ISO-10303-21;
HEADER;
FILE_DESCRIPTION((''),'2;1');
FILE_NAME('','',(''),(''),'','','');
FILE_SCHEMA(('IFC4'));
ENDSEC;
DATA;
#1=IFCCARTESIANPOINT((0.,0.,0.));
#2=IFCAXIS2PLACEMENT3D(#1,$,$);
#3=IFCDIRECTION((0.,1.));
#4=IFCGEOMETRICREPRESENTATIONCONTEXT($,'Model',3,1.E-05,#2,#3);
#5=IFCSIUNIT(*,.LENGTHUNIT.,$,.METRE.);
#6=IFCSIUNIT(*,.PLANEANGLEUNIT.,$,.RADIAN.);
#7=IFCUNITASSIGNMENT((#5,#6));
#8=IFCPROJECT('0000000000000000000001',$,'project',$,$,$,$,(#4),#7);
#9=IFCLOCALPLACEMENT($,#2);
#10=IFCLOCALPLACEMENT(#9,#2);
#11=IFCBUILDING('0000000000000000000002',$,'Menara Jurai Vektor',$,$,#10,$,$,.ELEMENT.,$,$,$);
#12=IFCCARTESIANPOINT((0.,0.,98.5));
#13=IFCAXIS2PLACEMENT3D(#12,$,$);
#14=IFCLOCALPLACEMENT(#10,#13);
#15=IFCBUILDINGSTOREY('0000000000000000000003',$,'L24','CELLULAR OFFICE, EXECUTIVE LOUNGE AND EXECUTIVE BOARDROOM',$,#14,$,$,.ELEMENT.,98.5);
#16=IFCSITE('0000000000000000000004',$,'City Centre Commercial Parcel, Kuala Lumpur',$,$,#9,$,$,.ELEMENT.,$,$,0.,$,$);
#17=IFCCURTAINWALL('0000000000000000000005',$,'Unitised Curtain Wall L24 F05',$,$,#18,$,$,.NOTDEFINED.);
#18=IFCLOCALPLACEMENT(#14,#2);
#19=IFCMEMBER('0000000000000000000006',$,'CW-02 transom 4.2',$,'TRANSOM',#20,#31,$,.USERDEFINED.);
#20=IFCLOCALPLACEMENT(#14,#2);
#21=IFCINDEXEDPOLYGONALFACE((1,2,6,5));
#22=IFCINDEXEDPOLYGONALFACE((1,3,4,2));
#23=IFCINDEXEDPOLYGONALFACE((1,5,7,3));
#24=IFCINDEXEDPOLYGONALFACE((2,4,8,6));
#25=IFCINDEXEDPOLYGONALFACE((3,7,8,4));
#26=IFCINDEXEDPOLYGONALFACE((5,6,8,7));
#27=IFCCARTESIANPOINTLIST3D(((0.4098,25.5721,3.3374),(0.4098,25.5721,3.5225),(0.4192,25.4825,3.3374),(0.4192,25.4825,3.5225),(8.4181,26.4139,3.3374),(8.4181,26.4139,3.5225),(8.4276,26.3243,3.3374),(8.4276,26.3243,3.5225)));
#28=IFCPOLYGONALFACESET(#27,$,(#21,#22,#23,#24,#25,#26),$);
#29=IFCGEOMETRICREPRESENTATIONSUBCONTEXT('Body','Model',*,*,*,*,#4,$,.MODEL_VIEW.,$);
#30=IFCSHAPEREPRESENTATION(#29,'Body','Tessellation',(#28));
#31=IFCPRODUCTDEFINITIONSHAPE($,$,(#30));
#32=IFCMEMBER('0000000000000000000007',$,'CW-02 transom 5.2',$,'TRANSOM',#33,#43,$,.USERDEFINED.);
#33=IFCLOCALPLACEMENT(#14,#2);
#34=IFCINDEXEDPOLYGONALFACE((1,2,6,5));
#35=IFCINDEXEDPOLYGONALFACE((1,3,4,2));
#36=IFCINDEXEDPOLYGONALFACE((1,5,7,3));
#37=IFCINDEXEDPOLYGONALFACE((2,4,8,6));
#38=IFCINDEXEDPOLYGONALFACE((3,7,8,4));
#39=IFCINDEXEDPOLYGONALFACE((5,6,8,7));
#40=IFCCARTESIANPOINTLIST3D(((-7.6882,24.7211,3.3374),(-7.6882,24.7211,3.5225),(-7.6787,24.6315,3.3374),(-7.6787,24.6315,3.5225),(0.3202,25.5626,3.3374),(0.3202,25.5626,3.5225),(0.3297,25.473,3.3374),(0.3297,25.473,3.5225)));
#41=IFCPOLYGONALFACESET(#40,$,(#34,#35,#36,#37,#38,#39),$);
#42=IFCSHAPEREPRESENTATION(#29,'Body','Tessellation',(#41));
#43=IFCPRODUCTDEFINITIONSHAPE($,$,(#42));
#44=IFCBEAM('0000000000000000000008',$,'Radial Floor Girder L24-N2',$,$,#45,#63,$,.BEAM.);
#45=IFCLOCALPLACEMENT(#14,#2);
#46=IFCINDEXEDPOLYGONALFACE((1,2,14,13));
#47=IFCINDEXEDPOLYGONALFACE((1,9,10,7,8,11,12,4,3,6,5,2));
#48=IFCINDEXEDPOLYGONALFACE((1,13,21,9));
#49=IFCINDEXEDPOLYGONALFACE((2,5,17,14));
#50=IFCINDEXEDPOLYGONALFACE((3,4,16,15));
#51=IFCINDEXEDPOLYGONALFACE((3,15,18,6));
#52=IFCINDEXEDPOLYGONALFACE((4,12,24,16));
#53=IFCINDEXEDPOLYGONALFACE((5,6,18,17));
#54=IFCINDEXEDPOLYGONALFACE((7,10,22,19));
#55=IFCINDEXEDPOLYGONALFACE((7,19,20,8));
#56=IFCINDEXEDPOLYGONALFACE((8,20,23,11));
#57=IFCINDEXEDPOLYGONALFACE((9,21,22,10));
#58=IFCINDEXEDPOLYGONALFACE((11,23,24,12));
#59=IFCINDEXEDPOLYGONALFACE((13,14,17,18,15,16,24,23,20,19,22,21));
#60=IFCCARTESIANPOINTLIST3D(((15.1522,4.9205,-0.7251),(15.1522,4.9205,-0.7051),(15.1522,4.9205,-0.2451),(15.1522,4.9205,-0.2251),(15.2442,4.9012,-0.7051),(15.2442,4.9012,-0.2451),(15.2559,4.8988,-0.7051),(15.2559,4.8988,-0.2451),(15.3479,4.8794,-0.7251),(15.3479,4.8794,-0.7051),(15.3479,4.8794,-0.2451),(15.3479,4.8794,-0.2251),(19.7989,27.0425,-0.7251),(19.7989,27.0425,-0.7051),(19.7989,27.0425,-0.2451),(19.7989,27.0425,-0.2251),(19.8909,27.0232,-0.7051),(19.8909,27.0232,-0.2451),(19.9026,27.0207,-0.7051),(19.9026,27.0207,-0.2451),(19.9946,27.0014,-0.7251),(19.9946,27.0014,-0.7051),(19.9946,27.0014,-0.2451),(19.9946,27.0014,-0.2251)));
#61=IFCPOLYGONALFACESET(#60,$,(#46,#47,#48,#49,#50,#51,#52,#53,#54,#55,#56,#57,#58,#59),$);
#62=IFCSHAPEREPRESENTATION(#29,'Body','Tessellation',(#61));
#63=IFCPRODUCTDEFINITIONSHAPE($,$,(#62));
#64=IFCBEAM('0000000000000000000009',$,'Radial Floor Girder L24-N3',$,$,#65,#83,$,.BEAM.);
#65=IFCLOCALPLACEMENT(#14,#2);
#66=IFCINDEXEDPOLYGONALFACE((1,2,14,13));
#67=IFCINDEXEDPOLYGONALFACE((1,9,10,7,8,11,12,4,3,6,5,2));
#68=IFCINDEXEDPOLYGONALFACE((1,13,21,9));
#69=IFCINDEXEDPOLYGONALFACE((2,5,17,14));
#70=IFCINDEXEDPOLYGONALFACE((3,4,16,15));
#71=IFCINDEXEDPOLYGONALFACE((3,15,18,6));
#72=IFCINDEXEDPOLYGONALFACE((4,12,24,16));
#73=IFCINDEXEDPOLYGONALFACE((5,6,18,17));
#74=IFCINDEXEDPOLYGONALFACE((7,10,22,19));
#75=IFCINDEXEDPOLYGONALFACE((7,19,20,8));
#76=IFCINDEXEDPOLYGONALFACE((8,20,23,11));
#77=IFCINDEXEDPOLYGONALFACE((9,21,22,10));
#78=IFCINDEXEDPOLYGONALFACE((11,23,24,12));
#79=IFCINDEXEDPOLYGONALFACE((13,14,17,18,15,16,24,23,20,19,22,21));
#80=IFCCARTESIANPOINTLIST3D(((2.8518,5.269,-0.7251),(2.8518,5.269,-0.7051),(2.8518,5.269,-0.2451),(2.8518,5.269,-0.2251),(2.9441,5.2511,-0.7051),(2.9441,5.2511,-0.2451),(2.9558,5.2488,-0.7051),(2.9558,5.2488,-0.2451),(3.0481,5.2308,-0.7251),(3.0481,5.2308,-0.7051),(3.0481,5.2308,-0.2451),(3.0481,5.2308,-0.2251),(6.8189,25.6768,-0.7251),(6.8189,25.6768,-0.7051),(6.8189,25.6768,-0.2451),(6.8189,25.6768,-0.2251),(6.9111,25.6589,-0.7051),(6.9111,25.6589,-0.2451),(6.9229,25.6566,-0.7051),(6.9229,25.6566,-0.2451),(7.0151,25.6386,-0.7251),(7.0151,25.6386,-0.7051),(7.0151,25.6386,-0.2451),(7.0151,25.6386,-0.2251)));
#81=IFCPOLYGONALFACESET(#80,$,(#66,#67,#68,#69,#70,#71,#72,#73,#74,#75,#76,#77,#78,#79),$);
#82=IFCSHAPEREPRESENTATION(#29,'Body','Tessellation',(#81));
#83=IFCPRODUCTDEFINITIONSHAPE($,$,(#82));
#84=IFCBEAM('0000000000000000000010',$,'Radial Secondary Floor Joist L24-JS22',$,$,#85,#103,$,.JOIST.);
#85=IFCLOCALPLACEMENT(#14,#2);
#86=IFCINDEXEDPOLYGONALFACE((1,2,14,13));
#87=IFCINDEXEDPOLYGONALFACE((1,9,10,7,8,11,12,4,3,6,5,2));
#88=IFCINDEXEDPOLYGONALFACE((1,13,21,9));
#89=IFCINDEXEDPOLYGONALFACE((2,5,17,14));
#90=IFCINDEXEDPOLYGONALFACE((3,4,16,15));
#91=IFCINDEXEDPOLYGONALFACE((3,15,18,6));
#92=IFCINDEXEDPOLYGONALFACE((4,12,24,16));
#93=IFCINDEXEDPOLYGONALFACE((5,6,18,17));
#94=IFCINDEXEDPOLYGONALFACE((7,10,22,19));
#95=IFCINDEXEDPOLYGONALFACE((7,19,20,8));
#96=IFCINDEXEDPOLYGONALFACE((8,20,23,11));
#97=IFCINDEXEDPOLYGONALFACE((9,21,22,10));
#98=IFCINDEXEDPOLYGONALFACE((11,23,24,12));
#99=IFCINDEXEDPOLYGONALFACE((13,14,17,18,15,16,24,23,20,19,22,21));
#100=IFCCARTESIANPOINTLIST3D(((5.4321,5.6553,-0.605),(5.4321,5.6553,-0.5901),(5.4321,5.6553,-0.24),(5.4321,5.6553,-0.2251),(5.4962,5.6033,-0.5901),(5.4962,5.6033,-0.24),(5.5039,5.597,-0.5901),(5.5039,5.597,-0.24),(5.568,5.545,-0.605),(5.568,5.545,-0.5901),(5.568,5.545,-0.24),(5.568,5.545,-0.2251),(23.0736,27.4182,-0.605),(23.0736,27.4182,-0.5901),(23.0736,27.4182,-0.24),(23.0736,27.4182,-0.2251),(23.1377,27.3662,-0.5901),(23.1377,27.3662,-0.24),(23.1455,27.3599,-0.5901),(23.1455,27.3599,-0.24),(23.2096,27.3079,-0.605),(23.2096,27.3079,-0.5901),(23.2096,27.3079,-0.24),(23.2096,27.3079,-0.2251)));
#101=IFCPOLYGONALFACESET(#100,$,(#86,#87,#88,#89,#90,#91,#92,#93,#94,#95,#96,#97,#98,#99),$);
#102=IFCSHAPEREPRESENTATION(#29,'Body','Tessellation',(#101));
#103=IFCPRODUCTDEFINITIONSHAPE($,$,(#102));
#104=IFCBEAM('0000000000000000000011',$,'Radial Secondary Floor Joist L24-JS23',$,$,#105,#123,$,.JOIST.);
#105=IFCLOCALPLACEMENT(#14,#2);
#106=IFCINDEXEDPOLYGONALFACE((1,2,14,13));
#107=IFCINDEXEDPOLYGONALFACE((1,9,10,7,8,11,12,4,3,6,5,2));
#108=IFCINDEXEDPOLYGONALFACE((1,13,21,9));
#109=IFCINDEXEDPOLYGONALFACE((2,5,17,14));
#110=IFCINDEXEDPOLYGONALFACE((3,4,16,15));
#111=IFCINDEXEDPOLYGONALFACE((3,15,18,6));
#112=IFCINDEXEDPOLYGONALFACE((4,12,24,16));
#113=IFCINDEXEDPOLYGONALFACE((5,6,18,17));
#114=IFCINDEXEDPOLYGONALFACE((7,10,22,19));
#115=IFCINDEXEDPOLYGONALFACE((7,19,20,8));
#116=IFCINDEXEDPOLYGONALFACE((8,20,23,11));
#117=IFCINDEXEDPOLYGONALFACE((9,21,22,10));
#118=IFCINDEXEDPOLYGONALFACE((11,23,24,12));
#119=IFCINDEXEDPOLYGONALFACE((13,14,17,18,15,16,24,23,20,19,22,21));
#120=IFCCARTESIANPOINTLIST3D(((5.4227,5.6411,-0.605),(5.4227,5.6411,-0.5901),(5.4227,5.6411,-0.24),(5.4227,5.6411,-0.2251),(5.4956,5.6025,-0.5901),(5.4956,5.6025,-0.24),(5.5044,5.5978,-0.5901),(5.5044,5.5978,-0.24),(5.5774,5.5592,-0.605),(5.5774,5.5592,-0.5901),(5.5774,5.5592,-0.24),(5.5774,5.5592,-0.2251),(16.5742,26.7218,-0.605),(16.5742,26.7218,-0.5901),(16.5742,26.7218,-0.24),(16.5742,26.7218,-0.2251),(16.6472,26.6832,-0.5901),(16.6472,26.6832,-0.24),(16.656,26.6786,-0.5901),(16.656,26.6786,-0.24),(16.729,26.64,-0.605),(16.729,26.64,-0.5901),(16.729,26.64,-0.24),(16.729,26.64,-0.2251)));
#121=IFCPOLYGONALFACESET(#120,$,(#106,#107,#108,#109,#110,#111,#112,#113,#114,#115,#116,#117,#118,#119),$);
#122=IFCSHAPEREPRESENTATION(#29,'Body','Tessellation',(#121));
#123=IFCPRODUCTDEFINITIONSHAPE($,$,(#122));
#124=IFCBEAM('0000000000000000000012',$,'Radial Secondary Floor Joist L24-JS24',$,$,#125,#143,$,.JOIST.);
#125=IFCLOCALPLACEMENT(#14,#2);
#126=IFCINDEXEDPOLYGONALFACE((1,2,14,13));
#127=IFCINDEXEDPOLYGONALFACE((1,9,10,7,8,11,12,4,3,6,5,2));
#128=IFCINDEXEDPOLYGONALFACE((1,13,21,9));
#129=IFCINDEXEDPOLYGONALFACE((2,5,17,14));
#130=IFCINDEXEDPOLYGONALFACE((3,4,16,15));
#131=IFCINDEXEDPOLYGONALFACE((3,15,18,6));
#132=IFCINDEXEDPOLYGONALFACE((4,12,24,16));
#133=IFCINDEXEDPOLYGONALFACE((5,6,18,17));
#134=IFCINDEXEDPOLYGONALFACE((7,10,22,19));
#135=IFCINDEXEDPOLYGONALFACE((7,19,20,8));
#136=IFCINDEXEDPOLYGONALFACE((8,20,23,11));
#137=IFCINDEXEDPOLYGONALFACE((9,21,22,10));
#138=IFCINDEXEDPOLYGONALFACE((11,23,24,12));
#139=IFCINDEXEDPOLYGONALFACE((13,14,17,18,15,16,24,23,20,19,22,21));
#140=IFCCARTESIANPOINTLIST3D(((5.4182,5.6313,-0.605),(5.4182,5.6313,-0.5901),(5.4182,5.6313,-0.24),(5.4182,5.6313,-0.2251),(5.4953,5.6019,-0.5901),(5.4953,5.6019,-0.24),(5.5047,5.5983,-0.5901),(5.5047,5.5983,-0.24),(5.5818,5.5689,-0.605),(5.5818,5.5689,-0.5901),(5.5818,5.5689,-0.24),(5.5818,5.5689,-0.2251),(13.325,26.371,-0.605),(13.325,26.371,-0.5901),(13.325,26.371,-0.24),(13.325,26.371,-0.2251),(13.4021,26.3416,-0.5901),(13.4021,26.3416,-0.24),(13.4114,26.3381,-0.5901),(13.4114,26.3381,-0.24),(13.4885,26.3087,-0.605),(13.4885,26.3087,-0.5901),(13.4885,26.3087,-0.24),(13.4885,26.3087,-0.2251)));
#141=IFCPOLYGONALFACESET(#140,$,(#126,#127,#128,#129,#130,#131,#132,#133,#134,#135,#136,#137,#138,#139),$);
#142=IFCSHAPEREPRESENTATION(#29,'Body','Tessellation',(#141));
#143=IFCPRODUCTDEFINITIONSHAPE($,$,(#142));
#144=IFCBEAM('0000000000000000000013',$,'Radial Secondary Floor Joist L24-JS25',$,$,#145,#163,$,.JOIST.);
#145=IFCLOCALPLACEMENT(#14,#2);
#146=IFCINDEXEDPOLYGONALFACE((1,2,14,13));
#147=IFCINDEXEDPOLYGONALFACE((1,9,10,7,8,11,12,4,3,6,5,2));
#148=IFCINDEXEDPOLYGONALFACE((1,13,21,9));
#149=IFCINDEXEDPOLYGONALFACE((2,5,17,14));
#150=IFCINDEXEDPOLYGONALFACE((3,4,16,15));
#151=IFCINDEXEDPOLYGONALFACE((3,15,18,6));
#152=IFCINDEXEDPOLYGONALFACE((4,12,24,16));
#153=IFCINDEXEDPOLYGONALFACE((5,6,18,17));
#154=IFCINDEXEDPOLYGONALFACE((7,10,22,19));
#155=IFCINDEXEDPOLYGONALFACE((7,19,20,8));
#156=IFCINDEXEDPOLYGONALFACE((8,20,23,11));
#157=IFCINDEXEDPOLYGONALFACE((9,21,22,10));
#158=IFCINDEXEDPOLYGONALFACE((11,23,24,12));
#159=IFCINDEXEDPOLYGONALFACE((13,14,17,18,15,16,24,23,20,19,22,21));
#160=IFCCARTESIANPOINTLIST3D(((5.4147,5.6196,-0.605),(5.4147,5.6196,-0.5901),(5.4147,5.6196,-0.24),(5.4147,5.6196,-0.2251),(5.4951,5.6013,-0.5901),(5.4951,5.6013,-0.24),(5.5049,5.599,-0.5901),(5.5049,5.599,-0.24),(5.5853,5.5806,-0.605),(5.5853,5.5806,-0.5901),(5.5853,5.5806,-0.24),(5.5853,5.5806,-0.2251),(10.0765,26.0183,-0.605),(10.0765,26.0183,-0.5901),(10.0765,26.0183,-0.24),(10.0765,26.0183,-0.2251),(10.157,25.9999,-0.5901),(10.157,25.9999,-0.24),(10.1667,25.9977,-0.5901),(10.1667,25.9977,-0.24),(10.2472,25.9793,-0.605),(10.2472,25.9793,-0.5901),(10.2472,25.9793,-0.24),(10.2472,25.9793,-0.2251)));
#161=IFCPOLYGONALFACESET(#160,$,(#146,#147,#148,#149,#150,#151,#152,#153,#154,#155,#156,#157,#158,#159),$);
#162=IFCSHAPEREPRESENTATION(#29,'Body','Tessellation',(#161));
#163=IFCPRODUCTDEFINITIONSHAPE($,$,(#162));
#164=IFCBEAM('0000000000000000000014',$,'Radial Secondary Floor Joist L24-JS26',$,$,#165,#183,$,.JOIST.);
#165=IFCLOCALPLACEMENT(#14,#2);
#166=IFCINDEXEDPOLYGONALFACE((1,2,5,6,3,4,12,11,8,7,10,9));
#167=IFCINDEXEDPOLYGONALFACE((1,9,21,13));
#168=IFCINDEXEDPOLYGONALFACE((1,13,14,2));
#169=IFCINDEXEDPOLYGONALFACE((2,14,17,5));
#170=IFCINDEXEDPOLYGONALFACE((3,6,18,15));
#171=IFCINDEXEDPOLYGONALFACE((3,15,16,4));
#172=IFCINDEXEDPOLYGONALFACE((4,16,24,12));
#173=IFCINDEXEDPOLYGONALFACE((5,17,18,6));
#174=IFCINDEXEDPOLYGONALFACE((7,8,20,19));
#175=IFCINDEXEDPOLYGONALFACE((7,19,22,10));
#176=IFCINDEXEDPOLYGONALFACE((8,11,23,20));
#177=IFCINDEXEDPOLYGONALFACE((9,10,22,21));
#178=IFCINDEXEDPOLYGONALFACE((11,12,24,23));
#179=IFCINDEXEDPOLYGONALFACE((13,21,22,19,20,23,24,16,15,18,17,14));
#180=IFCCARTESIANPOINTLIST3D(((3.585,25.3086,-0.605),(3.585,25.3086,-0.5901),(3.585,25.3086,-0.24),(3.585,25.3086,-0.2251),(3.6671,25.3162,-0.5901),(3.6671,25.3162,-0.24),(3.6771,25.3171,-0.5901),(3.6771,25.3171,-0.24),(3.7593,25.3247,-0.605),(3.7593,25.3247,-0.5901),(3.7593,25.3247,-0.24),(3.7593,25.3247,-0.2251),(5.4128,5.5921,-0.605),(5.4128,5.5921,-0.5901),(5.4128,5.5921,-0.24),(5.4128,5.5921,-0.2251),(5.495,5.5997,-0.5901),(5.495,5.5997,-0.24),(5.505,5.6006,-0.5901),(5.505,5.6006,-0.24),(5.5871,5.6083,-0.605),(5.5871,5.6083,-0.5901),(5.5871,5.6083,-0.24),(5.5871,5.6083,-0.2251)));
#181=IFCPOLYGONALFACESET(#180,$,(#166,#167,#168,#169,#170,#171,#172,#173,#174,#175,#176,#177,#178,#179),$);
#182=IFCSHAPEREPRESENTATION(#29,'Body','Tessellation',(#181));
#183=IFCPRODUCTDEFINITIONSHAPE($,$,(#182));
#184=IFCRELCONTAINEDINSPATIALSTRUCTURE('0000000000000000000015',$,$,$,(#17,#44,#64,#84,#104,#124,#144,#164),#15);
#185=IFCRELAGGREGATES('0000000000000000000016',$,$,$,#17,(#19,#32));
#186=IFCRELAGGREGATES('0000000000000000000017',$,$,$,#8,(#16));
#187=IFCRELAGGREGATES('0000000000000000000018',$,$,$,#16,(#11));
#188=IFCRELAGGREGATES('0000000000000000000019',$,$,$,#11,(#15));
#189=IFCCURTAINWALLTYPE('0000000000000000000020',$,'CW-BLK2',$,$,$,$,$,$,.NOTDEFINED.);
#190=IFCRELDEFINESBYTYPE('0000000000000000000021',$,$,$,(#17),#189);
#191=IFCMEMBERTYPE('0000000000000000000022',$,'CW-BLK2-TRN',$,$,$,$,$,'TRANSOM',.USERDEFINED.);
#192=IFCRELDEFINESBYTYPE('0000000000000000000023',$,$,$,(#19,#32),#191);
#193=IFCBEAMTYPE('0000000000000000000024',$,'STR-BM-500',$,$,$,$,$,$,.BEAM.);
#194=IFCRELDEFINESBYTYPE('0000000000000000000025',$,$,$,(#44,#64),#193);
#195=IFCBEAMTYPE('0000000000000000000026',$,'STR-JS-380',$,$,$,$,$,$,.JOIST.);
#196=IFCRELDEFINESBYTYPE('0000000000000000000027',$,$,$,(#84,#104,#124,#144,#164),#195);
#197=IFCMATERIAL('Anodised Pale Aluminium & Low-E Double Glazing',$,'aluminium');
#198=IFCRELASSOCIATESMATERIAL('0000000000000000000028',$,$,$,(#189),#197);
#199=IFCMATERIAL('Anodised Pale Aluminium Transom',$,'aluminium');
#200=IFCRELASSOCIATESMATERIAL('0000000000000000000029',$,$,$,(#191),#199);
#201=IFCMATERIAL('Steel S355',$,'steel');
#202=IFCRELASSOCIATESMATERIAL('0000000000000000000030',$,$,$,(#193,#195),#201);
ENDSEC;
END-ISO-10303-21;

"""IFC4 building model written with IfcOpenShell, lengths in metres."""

from ifc_helpers import new_model, si_unit, direction, frame, origin, origin_2d, place, context, subcontext, project, spatial, rectangle, i_section, extrude, material, material_profile, profile_set, type_object, element, aggregate, save


model = new_model("IFC4")

# Units and contexts
model_context = context("Model", 3, precision=1e-05, world=origin(), true_north=direction((0.0, 1.0)))
body_context = subcontext(model_context, "Body", "Model", "MODEL_VIEW")
ifc_project = project(units=[si_unit("LENGTHUNIT", "METRE"), si_unit("PLANEANGLEUNIT", "RADIAN")], contexts=[model_context])

# Site, building, storey
site_placement = place(None, origin())
site = spatial("IfcSite", under=ifc_project, at=site_placement, Name="City Centre Commercial Parcel, Kuala Lumpur", CompositionType="ELEMENT", RefElevation=0.0)
building_placement = place(site_placement, origin())
building = spatial("IfcBuilding", under=site, at=building_placement, Name="Menara Jurai Vektor", CompositionType="ELEMENT")
storey_placement = place(building_placement, frame((0.0, 0.0, 98.5)))
storey = spatial("IfcBuildingStorey", under=building, at=storey_placement, Name="L24", Description="CELLULAR OFFICE, EXECUTIVE LOUNGE AND EXECUTIVE BOARDROOM", CompositionType="ELEMENT", Elevation=98.5)

# Curtain wall, members
ifc_material_1 = material(Name="Anodised Pale Aluminium & Low-E Double Glazing", Category="aluminium")
curtain_wall_type = type_object("IfcCurtainWallType", Name="CW-BLK2", PredefinedType="NOTDEFINED", material=ifc_material_1)
curtain_wall_placement = place(storey_placement, origin())
curtain_wall = element("IfcCurtainWall", 1, at=curtain_wall_placement, inside=storey, type_object=curtain_wall_type, Name="Unitised Curtain Wall L24 F05", PredefinedType="NOTDEFINED")
ifc_material_2 = material(Name="Anodised Pale Aluminium Transom", Category="aluminium")
ifc_material_profile_1 = material_profile(ifc_material_2, rectangle(XDim=0.0901, YDim=0.1851, at=origin_2d()), Name="ALU TRN 90x185")
ifc_profile_set_1 = profile_set([ifc_material_profile_1], Name="Anodised Pale Aluminium Transom")
member_type_1 = type_object("IfcMemberType", Name="CW-BLK2-TRN", ElementType="TRANSOM", PredefinedType="USERDEFINED", material=ifc_profile_set_1)
member_1_placement = place(storey_placement, frame((8.4229, 26.3691, 3.4299), z_axis=(-0.994521, -0.10454, 0.0), x_axis=(0.10454, -0.994521, 0.0)))
member_1 = element("IfcMember", 2, at=member_1_placement, type_object=member_type_1, Name="CW-02 transom 4.2", ObjectType="TRANSOM", PredefinedType="USERDEFINED", context=body_context, shape_type="SweptSolid", body=[
    extrude(rectangle(XDim=0.0901, YDim=0.1851, at=origin_2d()), origin(), (0.0, 0.0, 1.0), 8.0525),
])
member_2_placement = place(storey_placement, frame((0.325, 25.5178, 3.4299), z_axis=(-0.994524, -0.10451, 0.0), x_axis=(0.10451, -0.994524, 0.0)))
member_2 = element("IfcMember", 3, at=member_2_placement, type_object=member_type_1, Name="CW-02 transom 5.2", ObjectType="TRANSOM", PredefinedType="USERDEFINED", context=body_context, shape_type="SweptSolid", body=[
    extrude(rectangle(XDim=0.0901, YDim=0.1851, at=origin_2d()), origin(), (0.0, 0.0, 1.0), 8.0525),
])

# Beams
ifc_material_3 = material(Name="Steel S355", Category="steel")
ifc_material_profile_2 = material_profile(ifc_material_3, i_section(OverallWidth=0.2, OverallDepth=0.5, WebThickness=0.012, FlangeThickness=0.02, at=origin_2d()), Name="PG 500x200x96")
ifc_profile_set_2 = profile_set([ifc_material_profile_2], Name="Steel S355")
beam_type_1 = type_object("IfcBeamType", Name="STR-BM-500", PredefinedType="BEAM", material=ifc_profile_set_2)
beam_1_placement = place(storey_placement, frame((19.8967, 27.022, -0.4751), z_axis=(-0.205564, -0.978644, 0.0), x_axis=(0.978644, -0.205564, 0.0)))
element("IfcBeam", 4, at=beam_1_placement, inside=storey, type_object=beam_type_1, Name="Radial Floor Girder L24-N2", PredefinedType="BEAM", context=body_context, shape_type="SweptSolid", body=[
    extrude(i_section(OverallWidth=0.2, OverallDepth=0.5, WebThickness=0.012, FlangeThickness=0.02, at=origin_2d()), origin(), (0.0, 0.0, 1.0), 22.6047),
])
beam_2_placement = place(storey_placement, frame((6.917, 25.6577, -0.4751), z_axis=(-0.190817, -0.981626, 0.0), x_axis=(0.981626, -0.190817, 0.0)))
element("IfcBeam", 5, at=beam_2_placement, inside=storey, type_object=beam_type_1, Name="Radial Floor Girder L24-N3", PredefinedType="BEAM", context=body_context, shape_type="SweptSolid", body=[
    extrude(i_section(OverallWidth=0.2, OverallDepth=0.5, WebThickness=0.012, FlangeThickness=0.02, at=origin_2d()), origin(), (0.0, 0.0, 1.0), 20.7898),
])
ifc_material_profile_3 = material_profile(ifc_material_3, i_section(OverallWidth=0.175, OverallDepth=0.3799, WebThickness=0.01, FlangeThickness=0.0149, at=origin_2d()), Name="PG 380x175x58")
ifc_profile_set_3 = profile_set([ifc_material_profile_3], Name="Steel S355")
beam_type_2 = type_object("IfcBeamType", Name="STR-JS-380", PredefinedType="JOIST", material=ifc_profile_set_3)
beam_3_placement = place(storey_placement, frame((23.1416, 27.363, -0.415), z_axis=(-0.629715, -0.776826, 0.0), x_axis=(0.776826, -0.629715, 0.0)))
element("IfcBeam", 6, at=beam_3_placement, inside=storey, type_object=beam_type_2, Name="Radial Secondary Floor Joist L24-JS22", PredefinedType="JOIST", context=body_context, shape_type="SweptSolid", body=[
    extrude(i_section(OverallWidth=0.175, OverallDepth=0.3799, WebThickness=0.01, FlangeThickness=0.0149, at=origin_2d()), origin(), (0.0, 0.0, 1.0), 28.0151),
])
beam_4_placement = place(storey_placement, frame((16.6516, 26.6809, -0.415), z_axis=(-0.467599, -0.883941, 0.0), x_axis=(0.883941, -0.467599, 0.0)))
element("IfcBeam", 7, at=beam_4_placement, inside=storey, type_object=beam_type_2, Name="Radial Secondary Floor Joist L24-JS23", PredefinedType="JOIST", context=body_context, shape_type="SweptSolid", body=[
    extrude(i_section(OverallWidth=0.175, OverallDepth=0.3799, WebThickness=0.01, FlangeThickness=0.0149, at=origin_2d()), origin(), (0.0, 0.0, 1.0), 23.8486),
])
beam_5_placement = place(storey_placement, frame((13.4067, 26.3398, -0.415), z_axis=(-0.356227, -0.9344, 0.0), x_axis=(0.9344, -0.356227, 0.0)))
element("IfcBeam", 8, at=beam_5_placement, inside=storey, type_object=beam_type_2, Name="Radial Secondary Floor Joist L24-JS24", PredefinedType="JOIST", context=body_context, shape_type="SweptSolid", body=[
    extrude(i_section(OverallWidth=0.175, OverallDepth=0.3799, WebThickness=0.01, FlangeThickness=0.0149, at=origin_2d()), origin(), (0.0, 0.0, 1.0), 22.1958),
])
beam_6_placement = place(storey_placement, frame((10.1619, 25.9988, -0.415), z_axis=(-0.222793, -0.974866, 0.0), x_axis=(0.974866, -0.222793, 0.0)))
element("IfcBeam", 9, at=beam_6_placement, inside=storey, type_object=beam_type_2, Name="Radial Secondary Floor Joist L24-JS25", PredefinedType="JOIST", context=body_context, shape_type="SweptSolid", body=[
    extrude(i_section(OverallWidth=0.175, OverallDepth=0.3799, WebThickness=0.01, FlangeThickness=0.0149, at=origin_2d()), origin(), (0.0, 0.0, 1.0), 20.9246),
])
beam_7_placement = place(storey_placement, frame((3.6721, 25.3167, -0.415), z_axis=(0.092312, -0.99573, 0.0), x_axis=(0.99573, 0.092312, 0.0)))
element("IfcBeam", 10, at=beam_7_placement, inside=storey, type_object=beam_type_2, Name="Radial Secondary Floor Joist L24-JS26", PredefinedType="JOIST", context=body_context, shape_type="SweptSolid", body=[
    extrude(i_section(OverallWidth=0.175, OverallDepth=0.3799, WebThickness=0.01, FlangeThickness=0.0149, at=origin_2d()), origin(), (0.0, 0.0, 1.0), 19.801),
])

aggregate(curtain_wall, [member_1, member_2])

save(model, "model.ifc")
